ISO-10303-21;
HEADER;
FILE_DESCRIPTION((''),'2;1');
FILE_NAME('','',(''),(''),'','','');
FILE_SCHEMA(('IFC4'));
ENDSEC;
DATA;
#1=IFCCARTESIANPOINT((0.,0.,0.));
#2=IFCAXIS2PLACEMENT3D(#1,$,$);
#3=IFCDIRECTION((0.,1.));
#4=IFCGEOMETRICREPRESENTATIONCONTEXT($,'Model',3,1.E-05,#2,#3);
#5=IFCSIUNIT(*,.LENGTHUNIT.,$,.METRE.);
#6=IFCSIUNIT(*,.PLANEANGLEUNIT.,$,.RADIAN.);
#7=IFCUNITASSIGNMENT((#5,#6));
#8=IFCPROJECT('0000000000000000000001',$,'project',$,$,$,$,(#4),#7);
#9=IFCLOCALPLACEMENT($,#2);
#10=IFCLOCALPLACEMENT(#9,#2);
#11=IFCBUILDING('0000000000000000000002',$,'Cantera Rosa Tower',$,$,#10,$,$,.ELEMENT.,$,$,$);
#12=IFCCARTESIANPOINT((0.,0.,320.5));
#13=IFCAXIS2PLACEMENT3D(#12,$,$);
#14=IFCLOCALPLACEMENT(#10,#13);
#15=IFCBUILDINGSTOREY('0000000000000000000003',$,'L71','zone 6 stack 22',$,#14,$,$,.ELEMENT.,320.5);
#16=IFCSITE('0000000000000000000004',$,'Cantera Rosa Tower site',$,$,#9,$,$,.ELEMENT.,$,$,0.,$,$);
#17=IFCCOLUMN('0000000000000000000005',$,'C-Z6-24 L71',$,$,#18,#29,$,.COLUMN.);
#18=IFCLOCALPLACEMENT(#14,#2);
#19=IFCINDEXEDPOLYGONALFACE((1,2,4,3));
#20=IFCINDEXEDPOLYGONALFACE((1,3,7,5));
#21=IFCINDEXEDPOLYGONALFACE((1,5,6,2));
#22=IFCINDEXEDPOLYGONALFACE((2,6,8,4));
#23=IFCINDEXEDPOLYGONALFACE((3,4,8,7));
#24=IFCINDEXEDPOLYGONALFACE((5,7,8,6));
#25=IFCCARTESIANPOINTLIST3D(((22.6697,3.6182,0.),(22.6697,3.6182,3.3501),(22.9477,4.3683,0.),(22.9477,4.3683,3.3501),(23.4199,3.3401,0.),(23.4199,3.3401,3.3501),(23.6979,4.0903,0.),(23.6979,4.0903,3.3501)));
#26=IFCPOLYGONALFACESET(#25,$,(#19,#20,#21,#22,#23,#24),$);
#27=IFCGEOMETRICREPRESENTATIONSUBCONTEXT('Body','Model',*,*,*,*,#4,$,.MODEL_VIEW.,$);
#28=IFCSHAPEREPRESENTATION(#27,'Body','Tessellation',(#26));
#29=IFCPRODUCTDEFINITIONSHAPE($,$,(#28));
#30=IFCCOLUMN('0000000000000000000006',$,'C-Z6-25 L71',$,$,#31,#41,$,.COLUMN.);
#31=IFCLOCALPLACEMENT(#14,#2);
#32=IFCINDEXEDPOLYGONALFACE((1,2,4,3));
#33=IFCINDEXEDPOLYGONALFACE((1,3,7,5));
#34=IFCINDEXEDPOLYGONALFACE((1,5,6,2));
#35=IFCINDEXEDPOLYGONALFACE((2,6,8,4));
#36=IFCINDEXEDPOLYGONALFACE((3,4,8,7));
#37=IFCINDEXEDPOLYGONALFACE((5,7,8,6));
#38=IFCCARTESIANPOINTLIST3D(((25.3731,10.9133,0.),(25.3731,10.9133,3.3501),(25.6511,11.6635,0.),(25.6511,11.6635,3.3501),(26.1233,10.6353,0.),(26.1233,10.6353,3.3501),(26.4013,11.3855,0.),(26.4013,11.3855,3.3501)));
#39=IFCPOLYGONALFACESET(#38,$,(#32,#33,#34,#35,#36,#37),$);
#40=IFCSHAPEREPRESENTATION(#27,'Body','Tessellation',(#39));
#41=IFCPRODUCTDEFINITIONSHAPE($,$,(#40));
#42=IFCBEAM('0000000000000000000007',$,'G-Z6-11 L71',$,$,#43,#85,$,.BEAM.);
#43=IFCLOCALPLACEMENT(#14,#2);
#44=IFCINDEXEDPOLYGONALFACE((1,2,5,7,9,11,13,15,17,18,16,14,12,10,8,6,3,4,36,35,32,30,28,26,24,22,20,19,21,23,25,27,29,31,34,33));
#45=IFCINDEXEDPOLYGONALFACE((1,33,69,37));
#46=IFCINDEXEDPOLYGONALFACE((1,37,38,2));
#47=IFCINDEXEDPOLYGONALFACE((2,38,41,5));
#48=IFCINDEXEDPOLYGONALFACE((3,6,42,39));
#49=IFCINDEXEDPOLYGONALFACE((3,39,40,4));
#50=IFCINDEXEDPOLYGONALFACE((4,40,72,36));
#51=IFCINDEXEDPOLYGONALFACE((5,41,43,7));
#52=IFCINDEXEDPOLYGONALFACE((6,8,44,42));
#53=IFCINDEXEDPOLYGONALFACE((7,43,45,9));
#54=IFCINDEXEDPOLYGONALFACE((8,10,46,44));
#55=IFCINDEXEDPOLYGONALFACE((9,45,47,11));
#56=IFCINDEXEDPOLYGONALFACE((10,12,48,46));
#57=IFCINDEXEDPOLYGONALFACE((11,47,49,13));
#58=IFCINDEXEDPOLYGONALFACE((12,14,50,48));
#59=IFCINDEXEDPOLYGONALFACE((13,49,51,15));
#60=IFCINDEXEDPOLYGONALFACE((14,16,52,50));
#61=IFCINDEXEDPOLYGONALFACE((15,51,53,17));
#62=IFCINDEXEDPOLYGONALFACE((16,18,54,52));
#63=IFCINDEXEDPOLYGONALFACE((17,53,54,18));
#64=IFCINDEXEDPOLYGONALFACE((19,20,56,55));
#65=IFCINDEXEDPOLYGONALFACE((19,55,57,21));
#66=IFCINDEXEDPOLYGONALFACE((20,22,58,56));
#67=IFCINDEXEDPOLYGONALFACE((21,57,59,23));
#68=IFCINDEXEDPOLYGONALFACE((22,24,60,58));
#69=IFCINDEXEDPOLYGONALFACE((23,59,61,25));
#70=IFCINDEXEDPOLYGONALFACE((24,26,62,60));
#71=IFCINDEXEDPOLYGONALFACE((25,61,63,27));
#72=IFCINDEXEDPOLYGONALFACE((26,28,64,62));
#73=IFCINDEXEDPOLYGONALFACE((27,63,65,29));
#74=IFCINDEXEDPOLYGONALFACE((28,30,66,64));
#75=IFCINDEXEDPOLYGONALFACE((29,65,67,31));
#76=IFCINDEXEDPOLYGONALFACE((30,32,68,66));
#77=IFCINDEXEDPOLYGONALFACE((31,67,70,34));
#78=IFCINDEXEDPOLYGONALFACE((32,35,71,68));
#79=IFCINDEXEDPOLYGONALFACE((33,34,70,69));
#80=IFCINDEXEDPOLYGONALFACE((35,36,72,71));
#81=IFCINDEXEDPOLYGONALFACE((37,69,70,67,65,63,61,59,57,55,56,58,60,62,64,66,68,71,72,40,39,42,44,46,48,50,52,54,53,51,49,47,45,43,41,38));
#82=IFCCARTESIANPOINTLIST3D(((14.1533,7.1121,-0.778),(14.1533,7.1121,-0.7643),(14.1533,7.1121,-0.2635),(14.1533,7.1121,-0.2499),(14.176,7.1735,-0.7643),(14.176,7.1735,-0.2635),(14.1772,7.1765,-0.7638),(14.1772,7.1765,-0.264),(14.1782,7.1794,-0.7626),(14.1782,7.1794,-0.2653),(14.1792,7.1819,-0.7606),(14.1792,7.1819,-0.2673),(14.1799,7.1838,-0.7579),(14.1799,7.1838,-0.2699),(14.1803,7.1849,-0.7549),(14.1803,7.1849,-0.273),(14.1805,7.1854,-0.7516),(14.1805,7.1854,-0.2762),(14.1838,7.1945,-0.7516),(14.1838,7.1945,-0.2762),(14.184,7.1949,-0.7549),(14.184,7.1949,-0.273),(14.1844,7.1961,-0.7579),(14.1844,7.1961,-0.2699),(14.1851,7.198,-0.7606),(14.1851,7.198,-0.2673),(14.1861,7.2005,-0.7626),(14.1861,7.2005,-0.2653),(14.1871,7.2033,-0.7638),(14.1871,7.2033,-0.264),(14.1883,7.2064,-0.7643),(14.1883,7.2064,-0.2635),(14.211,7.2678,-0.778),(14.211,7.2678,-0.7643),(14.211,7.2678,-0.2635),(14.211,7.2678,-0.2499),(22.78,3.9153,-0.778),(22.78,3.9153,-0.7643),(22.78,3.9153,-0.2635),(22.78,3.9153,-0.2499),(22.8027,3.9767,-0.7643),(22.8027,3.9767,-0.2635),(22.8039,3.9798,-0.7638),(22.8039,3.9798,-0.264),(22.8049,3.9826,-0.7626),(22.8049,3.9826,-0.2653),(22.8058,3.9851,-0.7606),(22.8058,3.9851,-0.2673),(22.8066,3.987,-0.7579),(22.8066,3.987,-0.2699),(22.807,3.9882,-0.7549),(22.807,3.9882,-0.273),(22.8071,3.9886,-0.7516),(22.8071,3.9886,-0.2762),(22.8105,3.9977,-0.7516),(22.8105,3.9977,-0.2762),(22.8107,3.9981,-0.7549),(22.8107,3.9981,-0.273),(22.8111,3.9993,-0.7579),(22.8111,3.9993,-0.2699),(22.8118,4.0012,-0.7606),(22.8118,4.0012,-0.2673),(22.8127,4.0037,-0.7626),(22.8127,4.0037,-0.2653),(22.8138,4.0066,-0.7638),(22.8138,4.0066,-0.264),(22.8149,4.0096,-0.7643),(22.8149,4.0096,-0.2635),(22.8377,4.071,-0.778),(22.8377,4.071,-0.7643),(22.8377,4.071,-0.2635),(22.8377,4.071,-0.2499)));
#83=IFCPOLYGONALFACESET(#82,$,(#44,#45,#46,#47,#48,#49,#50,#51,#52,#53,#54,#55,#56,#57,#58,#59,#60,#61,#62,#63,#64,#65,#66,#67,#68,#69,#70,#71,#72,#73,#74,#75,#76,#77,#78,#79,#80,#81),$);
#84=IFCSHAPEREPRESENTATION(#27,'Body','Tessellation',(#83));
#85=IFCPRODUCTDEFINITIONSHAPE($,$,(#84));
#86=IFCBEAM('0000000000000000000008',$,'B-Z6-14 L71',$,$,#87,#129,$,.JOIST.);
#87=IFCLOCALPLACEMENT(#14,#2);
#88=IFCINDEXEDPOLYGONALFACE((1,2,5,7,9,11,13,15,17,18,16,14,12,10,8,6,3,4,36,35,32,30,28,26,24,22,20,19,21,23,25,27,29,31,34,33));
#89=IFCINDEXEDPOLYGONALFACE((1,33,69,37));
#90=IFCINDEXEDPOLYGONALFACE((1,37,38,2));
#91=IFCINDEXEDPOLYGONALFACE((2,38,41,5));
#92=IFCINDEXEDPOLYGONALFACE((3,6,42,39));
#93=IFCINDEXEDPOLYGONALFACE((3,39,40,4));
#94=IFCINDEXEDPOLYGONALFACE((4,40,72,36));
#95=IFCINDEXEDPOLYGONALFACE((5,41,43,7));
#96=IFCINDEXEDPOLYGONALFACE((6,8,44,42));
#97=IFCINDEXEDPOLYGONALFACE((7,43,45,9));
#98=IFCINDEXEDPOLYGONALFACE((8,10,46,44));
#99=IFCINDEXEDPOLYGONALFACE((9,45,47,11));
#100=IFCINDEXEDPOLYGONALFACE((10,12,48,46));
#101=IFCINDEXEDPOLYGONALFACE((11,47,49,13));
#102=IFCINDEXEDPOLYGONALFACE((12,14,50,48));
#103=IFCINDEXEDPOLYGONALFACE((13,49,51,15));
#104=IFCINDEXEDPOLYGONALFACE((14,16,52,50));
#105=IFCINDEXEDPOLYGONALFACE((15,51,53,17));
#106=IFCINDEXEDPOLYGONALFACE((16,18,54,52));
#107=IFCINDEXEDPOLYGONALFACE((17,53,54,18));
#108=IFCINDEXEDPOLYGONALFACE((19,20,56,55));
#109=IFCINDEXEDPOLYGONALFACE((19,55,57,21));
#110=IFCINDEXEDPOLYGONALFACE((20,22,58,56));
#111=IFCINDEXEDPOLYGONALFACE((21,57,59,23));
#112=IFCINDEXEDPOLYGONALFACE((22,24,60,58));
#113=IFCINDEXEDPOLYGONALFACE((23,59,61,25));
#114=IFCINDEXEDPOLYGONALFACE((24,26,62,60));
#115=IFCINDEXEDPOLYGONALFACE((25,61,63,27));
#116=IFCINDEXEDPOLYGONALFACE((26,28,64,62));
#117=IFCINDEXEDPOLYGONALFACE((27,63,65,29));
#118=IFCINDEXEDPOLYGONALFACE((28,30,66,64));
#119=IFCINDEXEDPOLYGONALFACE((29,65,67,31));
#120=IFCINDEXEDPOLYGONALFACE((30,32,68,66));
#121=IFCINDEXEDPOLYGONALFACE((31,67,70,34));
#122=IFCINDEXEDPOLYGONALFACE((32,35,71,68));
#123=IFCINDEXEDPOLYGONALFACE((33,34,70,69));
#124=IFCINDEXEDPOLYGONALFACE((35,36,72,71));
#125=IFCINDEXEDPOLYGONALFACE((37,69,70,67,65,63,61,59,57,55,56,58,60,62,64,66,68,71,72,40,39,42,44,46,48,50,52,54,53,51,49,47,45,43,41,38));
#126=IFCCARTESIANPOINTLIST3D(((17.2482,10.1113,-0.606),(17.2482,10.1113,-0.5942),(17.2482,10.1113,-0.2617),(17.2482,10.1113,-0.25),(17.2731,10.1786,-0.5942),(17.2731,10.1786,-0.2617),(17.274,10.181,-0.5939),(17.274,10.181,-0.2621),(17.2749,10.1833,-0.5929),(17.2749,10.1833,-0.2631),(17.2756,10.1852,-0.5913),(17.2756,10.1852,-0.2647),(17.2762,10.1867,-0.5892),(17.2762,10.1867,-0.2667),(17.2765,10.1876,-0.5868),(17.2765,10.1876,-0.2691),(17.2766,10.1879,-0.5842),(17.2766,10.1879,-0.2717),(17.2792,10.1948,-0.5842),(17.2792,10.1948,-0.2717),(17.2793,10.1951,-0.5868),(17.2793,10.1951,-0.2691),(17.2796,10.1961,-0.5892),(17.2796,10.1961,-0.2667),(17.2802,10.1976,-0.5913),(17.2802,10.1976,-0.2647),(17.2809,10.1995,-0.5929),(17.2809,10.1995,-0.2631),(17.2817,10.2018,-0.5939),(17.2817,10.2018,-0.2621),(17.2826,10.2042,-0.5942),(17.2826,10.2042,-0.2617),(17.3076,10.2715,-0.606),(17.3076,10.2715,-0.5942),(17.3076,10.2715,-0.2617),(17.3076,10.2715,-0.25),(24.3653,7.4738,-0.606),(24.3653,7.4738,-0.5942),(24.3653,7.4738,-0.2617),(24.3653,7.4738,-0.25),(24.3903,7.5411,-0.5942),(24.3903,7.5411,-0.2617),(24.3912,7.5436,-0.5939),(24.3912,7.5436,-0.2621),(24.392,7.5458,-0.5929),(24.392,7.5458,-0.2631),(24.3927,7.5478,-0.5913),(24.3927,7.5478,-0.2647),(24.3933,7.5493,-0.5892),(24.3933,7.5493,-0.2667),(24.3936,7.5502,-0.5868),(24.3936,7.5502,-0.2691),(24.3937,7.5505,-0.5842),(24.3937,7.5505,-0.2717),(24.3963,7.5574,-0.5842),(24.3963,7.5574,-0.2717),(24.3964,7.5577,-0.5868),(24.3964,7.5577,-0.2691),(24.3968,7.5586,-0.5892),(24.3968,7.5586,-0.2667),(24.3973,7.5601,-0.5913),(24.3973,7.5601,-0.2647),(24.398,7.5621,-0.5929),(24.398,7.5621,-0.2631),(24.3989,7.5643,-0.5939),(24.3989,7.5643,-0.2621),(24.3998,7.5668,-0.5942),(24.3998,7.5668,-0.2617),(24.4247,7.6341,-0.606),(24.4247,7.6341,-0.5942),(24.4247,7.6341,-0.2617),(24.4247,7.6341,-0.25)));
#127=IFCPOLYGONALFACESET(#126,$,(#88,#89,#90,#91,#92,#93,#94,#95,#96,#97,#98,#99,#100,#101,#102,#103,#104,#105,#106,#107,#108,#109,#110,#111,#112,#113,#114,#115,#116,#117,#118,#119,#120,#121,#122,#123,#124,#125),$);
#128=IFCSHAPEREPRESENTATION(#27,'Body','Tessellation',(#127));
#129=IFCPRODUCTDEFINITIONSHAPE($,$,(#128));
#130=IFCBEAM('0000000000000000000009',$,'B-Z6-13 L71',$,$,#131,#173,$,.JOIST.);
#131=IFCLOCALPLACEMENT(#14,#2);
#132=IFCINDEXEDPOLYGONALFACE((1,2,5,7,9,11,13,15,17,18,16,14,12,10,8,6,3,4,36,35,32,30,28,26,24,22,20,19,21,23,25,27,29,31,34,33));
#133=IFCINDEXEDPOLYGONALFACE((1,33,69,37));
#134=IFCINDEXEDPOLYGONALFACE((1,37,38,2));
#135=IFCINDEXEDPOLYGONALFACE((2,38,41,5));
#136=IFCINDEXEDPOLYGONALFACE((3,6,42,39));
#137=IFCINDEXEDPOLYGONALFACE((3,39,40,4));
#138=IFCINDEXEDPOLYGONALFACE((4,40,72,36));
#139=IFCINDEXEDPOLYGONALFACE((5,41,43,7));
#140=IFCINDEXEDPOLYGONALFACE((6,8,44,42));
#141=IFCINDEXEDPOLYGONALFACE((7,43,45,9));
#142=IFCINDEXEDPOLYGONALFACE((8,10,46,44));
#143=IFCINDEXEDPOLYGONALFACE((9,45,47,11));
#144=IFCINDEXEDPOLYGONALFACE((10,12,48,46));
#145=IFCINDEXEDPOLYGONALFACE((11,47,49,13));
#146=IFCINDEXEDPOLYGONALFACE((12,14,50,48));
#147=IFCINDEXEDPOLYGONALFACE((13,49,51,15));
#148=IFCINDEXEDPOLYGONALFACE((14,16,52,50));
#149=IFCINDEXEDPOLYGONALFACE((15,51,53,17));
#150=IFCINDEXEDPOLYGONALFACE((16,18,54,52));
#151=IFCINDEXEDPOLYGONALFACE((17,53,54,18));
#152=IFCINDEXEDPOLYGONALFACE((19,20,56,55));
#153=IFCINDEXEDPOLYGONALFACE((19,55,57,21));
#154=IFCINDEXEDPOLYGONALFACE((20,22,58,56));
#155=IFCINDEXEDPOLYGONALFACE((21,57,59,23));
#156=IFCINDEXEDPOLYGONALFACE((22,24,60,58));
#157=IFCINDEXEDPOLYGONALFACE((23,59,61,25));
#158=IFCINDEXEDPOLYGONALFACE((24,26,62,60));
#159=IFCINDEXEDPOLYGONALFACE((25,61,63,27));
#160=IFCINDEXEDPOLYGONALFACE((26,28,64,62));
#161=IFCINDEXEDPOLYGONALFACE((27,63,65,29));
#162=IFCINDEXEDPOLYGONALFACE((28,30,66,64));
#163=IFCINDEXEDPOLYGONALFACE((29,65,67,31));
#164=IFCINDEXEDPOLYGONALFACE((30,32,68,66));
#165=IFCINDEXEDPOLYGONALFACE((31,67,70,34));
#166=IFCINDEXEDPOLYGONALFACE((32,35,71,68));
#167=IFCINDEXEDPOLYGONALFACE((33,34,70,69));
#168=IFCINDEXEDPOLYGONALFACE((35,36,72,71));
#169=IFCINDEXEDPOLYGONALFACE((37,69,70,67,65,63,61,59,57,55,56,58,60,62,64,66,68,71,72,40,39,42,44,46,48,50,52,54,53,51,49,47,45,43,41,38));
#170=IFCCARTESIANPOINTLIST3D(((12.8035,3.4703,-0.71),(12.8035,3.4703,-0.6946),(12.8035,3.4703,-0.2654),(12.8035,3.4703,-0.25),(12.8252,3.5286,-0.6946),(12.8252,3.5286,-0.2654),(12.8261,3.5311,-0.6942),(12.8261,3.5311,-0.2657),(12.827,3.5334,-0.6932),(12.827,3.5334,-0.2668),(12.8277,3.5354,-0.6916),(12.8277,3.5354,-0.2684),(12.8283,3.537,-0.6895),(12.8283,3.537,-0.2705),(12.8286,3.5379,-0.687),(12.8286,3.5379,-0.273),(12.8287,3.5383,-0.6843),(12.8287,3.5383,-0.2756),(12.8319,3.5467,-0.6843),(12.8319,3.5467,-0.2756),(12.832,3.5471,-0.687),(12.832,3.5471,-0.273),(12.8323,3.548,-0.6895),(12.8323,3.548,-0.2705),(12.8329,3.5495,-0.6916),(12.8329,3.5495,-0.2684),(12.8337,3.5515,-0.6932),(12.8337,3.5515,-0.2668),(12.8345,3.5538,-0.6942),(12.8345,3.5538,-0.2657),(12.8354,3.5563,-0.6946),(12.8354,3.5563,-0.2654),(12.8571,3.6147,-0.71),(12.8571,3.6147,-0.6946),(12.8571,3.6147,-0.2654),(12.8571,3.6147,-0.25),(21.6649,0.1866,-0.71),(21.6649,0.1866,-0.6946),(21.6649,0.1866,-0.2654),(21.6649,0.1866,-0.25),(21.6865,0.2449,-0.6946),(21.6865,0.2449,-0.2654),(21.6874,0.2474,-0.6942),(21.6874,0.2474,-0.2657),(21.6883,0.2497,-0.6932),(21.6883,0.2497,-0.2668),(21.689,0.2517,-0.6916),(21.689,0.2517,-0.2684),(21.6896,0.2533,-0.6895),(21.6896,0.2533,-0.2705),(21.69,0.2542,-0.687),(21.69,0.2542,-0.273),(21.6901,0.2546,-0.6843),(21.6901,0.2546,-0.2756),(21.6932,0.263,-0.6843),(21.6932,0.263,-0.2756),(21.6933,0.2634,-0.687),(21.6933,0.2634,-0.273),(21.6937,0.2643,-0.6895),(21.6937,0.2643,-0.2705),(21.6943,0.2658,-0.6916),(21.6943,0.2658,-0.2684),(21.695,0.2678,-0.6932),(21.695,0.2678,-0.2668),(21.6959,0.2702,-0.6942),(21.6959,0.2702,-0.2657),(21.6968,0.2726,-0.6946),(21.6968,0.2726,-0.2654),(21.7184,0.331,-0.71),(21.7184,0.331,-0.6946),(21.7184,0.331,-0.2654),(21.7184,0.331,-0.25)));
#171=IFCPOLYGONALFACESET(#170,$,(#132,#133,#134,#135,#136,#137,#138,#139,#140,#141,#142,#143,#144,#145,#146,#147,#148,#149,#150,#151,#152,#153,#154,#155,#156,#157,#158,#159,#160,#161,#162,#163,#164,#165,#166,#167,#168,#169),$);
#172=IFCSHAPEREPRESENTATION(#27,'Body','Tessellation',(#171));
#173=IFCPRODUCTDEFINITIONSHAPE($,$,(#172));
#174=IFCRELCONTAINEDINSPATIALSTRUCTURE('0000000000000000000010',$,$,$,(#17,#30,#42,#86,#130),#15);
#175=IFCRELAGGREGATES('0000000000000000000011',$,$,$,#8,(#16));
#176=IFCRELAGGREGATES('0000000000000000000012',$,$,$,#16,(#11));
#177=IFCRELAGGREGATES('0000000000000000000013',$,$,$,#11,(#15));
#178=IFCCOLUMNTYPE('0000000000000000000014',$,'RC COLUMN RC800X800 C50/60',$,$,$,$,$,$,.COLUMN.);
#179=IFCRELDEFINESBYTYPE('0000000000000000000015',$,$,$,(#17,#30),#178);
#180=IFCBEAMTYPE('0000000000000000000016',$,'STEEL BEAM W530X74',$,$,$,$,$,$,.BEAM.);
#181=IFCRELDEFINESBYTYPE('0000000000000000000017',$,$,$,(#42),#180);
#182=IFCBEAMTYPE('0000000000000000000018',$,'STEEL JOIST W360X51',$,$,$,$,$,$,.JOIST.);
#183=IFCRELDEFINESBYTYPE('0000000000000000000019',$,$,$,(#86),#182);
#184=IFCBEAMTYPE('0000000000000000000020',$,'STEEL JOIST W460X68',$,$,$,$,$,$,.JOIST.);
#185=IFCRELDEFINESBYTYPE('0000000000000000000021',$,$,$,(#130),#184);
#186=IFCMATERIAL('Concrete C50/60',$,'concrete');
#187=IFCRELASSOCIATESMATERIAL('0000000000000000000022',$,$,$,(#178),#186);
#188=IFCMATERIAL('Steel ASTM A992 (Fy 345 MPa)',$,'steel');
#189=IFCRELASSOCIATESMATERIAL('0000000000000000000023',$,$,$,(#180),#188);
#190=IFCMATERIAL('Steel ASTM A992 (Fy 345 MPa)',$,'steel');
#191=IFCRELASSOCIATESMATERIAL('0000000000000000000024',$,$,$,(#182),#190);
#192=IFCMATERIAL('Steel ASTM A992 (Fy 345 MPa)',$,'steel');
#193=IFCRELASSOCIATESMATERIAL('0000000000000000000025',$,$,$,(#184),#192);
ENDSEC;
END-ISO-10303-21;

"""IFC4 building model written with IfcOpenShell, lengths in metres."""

from ifc_helpers import new_model, si_unit, direction, frame, origin, origin_2d, place, context, subcontext, project, spatial, rectangle, i_section, extrude, material, material_profile, profile_set, type_object, element, save


model = new_model("IFC4")

# Units and contexts
model_context = context("Model", 3, precision=1e-05, world=origin(), true_north=direction((0.0, 1.0)))
body_context = subcontext(model_context, "Body", "Model", "MODEL_VIEW")
ifc_project = project(units=[si_unit("LENGTHUNIT", "METRE"), si_unit("PLANEANGLEUNIT", "RADIAN")], contexts=[model_context])

# Site, building, storey
site_placement = place(None, origin())
site = spatial("IfcSite", under=ifc_project, at=site_placement, Name="Cantera Rosa Tower site", CompositionType="ELEMENT", RefElevation=0.0)
building_placement = place(site_placement, origin())
building = spatial("IfcBuilding", under=site, at=building_placement, Name="Cantera Rosa Tower", CompositionType="ELEMENT")
storey_placement = place(building_placement, frame((0.0, 0.0, 320.5)))
storey = spatial("IfcBuildingStorey", under=building, at=storey_placement, Name="L71", Description="zone 6 stack 22", CompositionType="ELEMENT", Elevation=320.5)

# Columns
ifc_material_1 = material(Name="Concrete C50/60", Category="concrete")
ifc_material_profile_1 = material_profile(ifc_material_1, rectangle(XDim=0.8, YDim=0.8, at=origin_2d()), Name="RC COLUMN RC800X800 C50/60")
ifc_profile_set_1 = profile_set([ifc_material_profile_1], Name="Concrete C50/60")
column_type = type_object("IfcColumnType", Name="RC COLUMN RC800X800 C50/60", PredefinedType="COLUMN", material=ifc_profile_set_1)
for number, where, z_axis, x_axis, name in (
    (1, (23.1838, 3.8542, 0.0), (0.0, 0.0, 1.0), (0.347481, 0.937687, 0.0), "C-Z6-24 L71"),
    (2, (25.8872, 11.1494, 0.0), (0.0, 0.0, 1.0), (0.347481, 0.937687, 0.0), "C-Z6-25 L71"),
):
    element("IfcColumn", number, at=place(storey_placement, frame(where, z_axis=z_axis, x_axis=x_axis)), inside=storey, type_object=column_type, Name=name, PredefinedType="COLUMN", context=body_context, shape_type="SweptSolid", body=[
        extrude(rectangle(XDim=0.8, YDim=0.8, at=origin_2d()), origin(), (0.0, 0.0, 1.0), 3.3501),
    ])

# Beams
ifc_material_2 = material(Name="Steel ASTM A992 (Fy 345 MPa)", Category="steel")
ifc_material_profile_2 = material_profile(ifc_material_2, i_section(OverallWidth=0.166, OverallDepth=0.5281, WebThickness=0.0098, FlangeThickness=0.0137, FilletRadius=0.0127, at=origin_2d()), Name="W530X74")
ifc_profile_set_2 = profile_set([ifc_material_profile_2], Name="Steel ASTM A992 (Fy 345 MPa)")
beam_type_1 = type_object("IfcBeamType", Name="STEEL BEAM W530X74", PredefinedType="BEAM", material=ifc_profile_set_2)
beam_1_placement = place(storey_placement, frame((22.8088, 3.9932, -0.5139), z_axis=(-0.937689, 0.347477, 0.0), x_axis=(-0.347477, -0.937689, 0.0)))
element("IfcBeam", 3, at=beam_1_placement, inside=storey, type_object=beam_type_1, Name="G-Z6-11 L71", PredefinedType="BEAM", context=body_context, shape_type="SweptSolid", body=[
    extrude(i_section(OverallWidth=0.166, OverallDepth=0.5281, WebThickness=0.0098, FlangeThickness=0.0137, FilletRadius=0.0127, at=origin_2d()), origin(), (0.0, 0.0, 1.0), 9.2),
])
ifc_material_3 = material(Name="Steel ASTM A992 (Fy 345 MPa)", Category="steel")
ifc_material_profile_3 = material_profile(ifc_material_3, i_section(OverallWidth=0.1709, OverallDepth=0.356, WebThickness=0.0073, FlangeThickness=0.0117, FilletRadius=0.01, at=origin_2d()), Name="W360X51")
ifc_profile_set_3 = profile_set([ifc_material_profile_3], Name="Steel ASTM A992 (Fy 345 MPa)")
beam_type_2 = type_object("IfcBeamType", Name="STEEL JOIST W360X51", PredefinedType="JOIST", material=ifc_profile_set_3)
beam_2_placement = place(storey_placement, frame((24.395, 7.554, -0.428), z_axis=(-0.937686, 0.347483, 0.0), x_axis=(-0.347483, -0.937686, 0.0)))
element("IfcBeam", 4, at=beam_2_placement, inside=storey, type_object=beam_type_2, Name="B-Z6-14 L71", PredefinedType="JOIST", context=body_context, shape_type="SweptSolid", body=[
    extrude(i_section(OverallWidth=0.1709, OverallDepth=0.356, WebThickness=0.0073, FlangeThickness=0.0117, FilletRadius=0.01, at=origin_2d()), origin(), (0.0, 0.0, 1.0), 7.5901),
])
ifc_material_4 = material(Name="Steel ASTM A992 (Fy 345 MPa)", Category="steel")
ifc_material_profile_4 = material_profile(ifc_material_4, i_section(OverallWidth=0.1541, OverallDepth=0.46, WebThickness=0.009, FlangeThickness=0.0154, FilletRadius=0.0103, at=origin_2d()), Name="W460X68")
ifc_profile_set_4 = profile_set([ifc_material_profile_4], Name="Steel ASTM A992 (Fy 345 MPa)")
beam_type_3 = type_object("IfcBeamType", Name="STEEL JOIST W460X68", PredefinedType="JOIST", material=ifc_profile_set_4)
beam_3_placement = place(storey_placement, frame((21.6917, 0.2588, -0.48), z_axis=(-0.93769, 0.347474, 0.0), x_axis=(-0.347474, -0.93769, 0.0)))
element("IfcBeam", 5, at=beam_3_placement, inside=storey, type_object=beam_type_3, Name="B-Z6-13 L71", PredefinedType="JOIST", context=body_context, shape_type="SweptSolid", body=[
    extrude(i_section(OverallWidth=0.1541, OverallDepth=0.46, WebThickness=0.009, FlangeThickness=0.0154, FilletRadius=0.0103, at=origin_2d()), origin(), (0.0, 0.0, 1.0), 9.4502),
])

save(model, "model.ifc")
